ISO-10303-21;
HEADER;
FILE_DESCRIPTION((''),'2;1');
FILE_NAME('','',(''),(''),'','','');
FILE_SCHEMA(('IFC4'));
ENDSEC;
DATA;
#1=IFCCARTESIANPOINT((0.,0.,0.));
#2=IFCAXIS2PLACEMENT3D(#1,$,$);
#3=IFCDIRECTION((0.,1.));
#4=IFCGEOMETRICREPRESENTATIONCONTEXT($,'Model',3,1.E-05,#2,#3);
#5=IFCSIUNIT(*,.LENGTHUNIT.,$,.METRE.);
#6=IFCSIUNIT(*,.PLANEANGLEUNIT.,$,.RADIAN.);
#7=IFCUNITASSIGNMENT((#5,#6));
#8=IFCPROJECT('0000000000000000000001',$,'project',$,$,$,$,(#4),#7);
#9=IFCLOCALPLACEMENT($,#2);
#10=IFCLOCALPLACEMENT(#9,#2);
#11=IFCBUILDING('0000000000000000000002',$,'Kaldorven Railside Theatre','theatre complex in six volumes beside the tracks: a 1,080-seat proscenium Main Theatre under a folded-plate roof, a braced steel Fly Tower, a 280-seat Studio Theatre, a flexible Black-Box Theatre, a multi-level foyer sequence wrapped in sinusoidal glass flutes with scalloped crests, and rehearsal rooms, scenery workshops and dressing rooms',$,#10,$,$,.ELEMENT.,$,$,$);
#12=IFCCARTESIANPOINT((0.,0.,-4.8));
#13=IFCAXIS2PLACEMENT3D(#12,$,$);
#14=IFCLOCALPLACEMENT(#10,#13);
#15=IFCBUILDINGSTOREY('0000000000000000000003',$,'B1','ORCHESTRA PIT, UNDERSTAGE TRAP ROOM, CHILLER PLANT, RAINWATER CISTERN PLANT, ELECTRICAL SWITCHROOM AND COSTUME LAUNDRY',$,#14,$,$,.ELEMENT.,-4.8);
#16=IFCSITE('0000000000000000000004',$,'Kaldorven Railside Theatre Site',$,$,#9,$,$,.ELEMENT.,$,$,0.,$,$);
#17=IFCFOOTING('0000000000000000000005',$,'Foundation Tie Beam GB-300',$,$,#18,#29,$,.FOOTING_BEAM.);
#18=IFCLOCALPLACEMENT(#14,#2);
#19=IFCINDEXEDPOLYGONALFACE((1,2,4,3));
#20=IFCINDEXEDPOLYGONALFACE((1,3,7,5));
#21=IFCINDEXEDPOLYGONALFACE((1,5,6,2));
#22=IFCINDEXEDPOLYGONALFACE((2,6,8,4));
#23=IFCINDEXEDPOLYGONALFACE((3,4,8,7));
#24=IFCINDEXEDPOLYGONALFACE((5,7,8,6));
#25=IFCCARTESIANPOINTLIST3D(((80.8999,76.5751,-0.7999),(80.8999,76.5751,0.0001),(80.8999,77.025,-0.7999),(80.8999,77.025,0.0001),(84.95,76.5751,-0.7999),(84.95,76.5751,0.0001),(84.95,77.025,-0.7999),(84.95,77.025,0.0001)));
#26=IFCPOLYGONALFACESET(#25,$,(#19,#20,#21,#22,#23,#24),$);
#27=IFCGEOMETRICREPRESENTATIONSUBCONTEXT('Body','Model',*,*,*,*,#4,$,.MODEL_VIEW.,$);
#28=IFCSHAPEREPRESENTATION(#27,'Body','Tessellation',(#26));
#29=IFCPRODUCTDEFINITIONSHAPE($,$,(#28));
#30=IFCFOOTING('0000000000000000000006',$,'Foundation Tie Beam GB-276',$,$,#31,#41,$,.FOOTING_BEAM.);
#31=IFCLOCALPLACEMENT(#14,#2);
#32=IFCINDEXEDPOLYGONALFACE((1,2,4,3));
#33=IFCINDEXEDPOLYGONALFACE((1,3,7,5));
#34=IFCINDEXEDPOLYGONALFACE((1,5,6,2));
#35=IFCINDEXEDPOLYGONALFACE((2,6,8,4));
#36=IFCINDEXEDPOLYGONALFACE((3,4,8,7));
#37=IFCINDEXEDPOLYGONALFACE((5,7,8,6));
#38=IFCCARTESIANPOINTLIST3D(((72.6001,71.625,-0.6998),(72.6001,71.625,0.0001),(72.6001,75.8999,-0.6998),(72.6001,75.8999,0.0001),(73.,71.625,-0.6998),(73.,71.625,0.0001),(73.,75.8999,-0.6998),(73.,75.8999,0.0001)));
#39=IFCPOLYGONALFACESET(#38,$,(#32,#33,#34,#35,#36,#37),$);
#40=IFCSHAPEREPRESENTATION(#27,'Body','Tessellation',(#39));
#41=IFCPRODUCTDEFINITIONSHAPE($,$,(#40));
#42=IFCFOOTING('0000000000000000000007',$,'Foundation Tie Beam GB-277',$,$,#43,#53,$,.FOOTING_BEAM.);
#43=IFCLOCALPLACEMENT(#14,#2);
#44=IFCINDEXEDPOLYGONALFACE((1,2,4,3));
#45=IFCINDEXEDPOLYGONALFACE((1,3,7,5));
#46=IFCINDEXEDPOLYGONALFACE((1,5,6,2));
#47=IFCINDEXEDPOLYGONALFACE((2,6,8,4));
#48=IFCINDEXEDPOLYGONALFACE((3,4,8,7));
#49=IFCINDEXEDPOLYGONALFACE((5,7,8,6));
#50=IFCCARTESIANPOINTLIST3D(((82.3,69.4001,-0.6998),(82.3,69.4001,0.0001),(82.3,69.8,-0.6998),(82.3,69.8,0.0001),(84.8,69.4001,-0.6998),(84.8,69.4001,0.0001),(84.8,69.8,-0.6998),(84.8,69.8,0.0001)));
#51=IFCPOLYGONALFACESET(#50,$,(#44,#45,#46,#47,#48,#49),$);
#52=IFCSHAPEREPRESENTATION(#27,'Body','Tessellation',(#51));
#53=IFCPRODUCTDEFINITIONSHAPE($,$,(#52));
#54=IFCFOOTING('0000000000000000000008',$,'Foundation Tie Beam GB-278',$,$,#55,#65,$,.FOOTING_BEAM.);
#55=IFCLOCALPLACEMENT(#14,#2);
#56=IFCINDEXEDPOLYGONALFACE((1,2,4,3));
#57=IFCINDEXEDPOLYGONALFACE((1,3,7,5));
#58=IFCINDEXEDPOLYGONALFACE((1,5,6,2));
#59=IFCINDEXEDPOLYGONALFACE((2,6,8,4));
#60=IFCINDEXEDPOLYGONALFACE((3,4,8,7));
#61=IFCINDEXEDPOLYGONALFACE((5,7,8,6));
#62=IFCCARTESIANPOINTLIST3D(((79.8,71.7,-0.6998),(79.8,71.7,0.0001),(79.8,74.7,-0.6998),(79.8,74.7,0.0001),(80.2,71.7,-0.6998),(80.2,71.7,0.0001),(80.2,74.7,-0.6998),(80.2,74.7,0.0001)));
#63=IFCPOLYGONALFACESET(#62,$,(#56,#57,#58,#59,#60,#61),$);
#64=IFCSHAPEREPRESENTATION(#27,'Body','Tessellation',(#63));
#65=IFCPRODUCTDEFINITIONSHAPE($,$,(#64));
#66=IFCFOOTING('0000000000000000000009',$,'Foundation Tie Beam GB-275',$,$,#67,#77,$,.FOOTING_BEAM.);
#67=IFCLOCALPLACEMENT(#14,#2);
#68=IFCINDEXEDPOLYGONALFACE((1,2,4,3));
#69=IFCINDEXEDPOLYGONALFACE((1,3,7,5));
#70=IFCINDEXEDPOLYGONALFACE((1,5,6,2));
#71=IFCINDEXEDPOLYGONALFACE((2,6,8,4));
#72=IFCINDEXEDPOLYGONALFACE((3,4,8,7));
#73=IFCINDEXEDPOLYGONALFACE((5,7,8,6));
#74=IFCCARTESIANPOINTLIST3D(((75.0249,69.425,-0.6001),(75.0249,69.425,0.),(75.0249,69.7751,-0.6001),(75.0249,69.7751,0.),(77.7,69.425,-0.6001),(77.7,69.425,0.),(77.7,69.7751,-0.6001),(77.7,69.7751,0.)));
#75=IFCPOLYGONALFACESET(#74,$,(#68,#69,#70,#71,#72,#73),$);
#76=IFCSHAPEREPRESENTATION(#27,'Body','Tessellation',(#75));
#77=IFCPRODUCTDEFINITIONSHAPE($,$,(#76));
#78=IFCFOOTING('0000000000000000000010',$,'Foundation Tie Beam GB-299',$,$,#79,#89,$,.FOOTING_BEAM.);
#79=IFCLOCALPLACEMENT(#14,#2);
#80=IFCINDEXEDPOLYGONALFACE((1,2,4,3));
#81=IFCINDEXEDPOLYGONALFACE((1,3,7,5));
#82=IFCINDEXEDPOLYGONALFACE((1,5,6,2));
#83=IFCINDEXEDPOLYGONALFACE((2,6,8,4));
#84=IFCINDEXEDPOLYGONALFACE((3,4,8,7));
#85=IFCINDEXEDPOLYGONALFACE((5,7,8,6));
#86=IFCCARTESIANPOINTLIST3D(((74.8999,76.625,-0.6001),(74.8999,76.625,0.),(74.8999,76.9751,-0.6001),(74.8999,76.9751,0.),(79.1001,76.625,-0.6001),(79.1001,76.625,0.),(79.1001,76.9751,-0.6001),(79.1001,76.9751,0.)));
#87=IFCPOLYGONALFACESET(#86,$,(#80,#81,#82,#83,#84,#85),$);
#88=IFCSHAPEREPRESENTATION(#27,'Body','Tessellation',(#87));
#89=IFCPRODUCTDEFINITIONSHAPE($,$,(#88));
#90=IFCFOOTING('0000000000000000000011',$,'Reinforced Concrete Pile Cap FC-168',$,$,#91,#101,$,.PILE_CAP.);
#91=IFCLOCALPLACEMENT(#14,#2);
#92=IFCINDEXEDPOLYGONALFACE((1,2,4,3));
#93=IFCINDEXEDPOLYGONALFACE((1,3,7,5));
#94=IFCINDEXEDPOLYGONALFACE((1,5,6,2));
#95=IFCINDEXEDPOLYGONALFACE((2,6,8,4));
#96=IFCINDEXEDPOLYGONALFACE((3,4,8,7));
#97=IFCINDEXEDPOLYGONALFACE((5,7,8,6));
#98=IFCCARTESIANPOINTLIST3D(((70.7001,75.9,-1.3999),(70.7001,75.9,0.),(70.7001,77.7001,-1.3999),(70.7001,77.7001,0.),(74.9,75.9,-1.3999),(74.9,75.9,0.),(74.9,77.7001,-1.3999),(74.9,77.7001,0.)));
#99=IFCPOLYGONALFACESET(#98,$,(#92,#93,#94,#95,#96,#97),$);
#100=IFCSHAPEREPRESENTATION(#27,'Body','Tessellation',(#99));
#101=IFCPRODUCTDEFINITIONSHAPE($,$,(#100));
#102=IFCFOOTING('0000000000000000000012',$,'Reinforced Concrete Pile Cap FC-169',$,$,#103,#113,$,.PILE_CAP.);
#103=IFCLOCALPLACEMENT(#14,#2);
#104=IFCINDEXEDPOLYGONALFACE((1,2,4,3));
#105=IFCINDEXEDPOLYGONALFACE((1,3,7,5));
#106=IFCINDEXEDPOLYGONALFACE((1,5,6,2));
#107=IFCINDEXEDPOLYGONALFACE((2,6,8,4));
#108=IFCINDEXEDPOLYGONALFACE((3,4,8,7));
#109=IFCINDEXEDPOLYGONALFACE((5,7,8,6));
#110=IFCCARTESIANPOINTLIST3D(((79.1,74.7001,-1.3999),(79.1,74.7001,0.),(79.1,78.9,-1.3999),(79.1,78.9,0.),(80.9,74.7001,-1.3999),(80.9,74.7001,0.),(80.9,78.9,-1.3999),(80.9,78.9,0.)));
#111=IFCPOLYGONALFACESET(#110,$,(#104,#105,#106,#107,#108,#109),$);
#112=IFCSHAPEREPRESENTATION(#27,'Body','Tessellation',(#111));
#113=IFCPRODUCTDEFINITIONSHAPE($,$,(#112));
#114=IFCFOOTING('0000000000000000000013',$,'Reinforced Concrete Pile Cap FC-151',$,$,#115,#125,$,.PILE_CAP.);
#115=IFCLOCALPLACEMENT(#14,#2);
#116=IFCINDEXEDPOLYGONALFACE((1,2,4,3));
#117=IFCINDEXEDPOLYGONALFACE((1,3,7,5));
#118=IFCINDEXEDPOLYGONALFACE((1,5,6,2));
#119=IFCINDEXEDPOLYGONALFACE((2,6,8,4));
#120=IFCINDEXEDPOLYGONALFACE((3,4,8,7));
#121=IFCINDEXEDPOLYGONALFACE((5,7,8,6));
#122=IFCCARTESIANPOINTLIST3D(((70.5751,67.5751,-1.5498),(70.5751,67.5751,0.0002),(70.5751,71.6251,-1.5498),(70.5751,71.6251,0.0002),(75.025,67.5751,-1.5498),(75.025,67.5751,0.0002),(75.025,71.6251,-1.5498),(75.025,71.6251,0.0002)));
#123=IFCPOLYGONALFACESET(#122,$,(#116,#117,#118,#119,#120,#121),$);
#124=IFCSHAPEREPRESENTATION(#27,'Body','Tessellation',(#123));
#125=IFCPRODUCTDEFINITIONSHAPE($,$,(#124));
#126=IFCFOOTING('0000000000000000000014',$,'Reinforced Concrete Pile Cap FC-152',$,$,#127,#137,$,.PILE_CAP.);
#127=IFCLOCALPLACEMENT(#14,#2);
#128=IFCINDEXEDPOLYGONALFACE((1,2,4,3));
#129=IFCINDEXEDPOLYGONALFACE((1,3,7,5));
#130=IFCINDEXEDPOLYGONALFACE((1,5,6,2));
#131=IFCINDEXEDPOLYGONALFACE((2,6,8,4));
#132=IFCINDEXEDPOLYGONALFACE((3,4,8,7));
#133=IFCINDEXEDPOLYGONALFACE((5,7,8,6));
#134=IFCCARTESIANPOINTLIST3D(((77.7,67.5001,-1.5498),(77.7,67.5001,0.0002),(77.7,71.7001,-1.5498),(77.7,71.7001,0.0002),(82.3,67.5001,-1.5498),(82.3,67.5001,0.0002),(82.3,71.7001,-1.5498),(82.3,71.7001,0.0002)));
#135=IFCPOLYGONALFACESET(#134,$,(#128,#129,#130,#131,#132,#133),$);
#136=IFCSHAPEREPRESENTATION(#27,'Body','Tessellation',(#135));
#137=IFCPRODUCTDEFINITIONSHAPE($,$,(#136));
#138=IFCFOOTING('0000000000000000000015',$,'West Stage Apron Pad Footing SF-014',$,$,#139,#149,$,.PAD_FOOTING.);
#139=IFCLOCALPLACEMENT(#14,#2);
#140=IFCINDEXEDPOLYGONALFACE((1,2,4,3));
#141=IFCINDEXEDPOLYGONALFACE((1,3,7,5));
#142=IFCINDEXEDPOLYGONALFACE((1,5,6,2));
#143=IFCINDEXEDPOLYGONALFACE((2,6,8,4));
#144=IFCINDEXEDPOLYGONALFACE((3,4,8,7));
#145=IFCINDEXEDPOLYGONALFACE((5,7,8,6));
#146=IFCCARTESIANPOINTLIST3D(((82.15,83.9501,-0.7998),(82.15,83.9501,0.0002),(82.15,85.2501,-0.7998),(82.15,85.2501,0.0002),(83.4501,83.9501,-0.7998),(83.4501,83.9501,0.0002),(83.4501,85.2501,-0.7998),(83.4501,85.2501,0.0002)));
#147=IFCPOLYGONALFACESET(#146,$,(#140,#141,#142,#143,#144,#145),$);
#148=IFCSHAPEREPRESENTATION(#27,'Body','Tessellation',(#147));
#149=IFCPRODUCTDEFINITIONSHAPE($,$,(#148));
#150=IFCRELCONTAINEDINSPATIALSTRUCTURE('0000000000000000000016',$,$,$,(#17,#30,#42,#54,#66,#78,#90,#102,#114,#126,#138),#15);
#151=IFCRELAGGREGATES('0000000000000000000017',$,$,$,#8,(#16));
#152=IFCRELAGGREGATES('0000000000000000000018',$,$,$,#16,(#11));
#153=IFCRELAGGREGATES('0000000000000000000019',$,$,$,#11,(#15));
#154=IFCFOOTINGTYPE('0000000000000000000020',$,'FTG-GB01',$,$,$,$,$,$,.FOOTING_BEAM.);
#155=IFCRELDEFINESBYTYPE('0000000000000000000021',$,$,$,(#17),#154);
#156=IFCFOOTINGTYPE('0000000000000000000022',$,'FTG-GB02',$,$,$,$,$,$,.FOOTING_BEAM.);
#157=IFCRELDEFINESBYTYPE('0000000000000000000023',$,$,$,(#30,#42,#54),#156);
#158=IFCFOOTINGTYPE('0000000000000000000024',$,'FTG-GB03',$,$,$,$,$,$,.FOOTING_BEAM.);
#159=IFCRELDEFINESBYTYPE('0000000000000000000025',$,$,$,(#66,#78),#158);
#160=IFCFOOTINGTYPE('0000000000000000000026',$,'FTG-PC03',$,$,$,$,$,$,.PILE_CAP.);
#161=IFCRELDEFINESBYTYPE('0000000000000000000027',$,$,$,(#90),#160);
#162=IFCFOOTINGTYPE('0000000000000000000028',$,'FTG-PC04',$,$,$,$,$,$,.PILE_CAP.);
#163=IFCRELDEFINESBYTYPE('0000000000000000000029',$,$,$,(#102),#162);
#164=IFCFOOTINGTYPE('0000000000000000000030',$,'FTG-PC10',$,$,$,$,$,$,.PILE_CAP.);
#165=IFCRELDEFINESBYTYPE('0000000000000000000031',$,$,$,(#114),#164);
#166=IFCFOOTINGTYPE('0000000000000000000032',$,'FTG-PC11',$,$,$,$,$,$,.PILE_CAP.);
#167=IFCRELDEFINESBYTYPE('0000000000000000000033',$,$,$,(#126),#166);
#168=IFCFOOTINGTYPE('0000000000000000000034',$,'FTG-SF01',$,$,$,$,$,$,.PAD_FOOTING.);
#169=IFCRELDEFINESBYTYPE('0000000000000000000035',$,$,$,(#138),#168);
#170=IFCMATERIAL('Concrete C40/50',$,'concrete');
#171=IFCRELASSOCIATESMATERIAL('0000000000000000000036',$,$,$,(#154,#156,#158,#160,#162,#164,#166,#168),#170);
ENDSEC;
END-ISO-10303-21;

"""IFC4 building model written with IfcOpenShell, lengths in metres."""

from ifc_helpers import new_model, si_unit, direction, frame, origin, origin_2d, place, context, subcontext, project, spatial, rectangle, extrude, material, material_profile, profile_set, type_object, element, save


model = new_model("IFC4")

# Units and contexts
model_context = context("Model", 3, precision=1e-05, world=origin(), true_north=direction((0.0, 1.0)))
body_context = subcontext(model_context, "Body", "Model", "MODEL_VIEW")
ifc_project = project(units=[si_unit("LENGTHUNIT", "METRE"), si_unit("PLANEANGLEUNIT", "RADIAN")], contexts=[model_context])

# Site, building, storey
site_placement = place(None, origin())
site = spatial("IfcSite", under=ifc_project, at=site_placement, Name="Kaldorven Railside Theatre Site", CompositionType="ELEMENT", RefElevation=0.0)
building_placement = place(site_placement, origin())
building = spatial("IfcBuilding", under=site, at=building_placement, Name="Kaldorven Railside Theatre", Description="theatre complex in six volumes beside the tracks: a 1,080-seat proscenium Main Theatre under a folded-plate roof, a braced steel Fly Tower, a 280-seat Studio Theatre, a flexible Black-Box Theatre, a multi-level foyer sequence wrapped in sinusoidal glass flutes with scalloped crests, and rehearsal rooms, scenery workshops and dressing rooms", CompositionType="ELEMENT")
storey_placement = place(building_placement, frame((0.0, 0.0, -4.8)))
storey = spatial("IfcBuildingStorey", under=building, at=storey_placement, Name="B1", Description="ORCHESTRA PIT, UNDERSTAGE TRAP ROOM, CHILLER PLANT, RAINWATER CISTERN PLANT, ELECTRICAL SWITCHROOM AND COSTUME LAUNDRY", CompositionType="ELEMENT", Elevation=-4.8)

# Footings
ifc_material_1 = material(Name="Concrete C40/50", Category="concrete")
ifc_material_profile_1 = material_profile(ifc_material_1, rectangle(XDim=0.45, YDim=0.8, at=origin_2d()), Name="RC 450x800")
ifc_profile_set_1 = profile_set([ifc_material_profile_1], Name="Concrete C40/50")
footing_type_1 = type_object("IfcFootingType", Name="FTG-GB01", PredefinedType="FOOTING_BEAM", material=ifc_profile_set_1)
footing_1_placement = place(storey_placement, frame((80.8999, 76.8, -0.3999), z_axis=(1.0, 0.0, 0.0), x_axis=(0.0, 1.0, 0.0)))
element("IfcFooting", 1, at=footing_1_placement, inside=storey, type_object=footing_type_1, Name="Foundation Tie Beam GB-300", PredefinedType="FOOTING_BEAM", context=body_context, shape_type="SweptSolid", body=[
    extrude(rectangle(XDim=0.45, YDim=0.8, at=origin_2d()), origin(), (0.0, 0.0, 1.0), 4.05),
])
ifc_material_profile_2 = material_profile(ifc_material_1, rectangle(XDim=0.3999, YDim=0.7, at=origin_2d()), Name="RC 400x700")
ifc_profile_set_2 = profile_set([ifc_material_profile_2], Name="Concrete C40/50")
footing_type_2 = type_object("IfcFootingType", Name="FTG-GB02", PredefinedType="FOOTING_BEAM", material=ifc_profile_set_2)
footing_2_placement = place(storey_placement, frame((72.8, 71.625, -0.3499), z_axis=(0.0, 1.0, 0.0), x_axis=(-1.0, 0.0, 0.0)))
element("IfcFooting", 2, at=footing_2_placement, inside=storey, type_object=footing_type_2, Name="Foundation Tie Beam GB-276", PredefinedType="FOOTING_BEAM", context=body_context, shape_type="SweptSolid", body=[
    extrude(rectangle(XDim=0.3999, YDim=0.7, at=origin_2d()), origin(), (0.0, 0.0, 1.0), 4.2749),
])
footing_3_placement = place(storey_placement, frame((82.3, 69.6001, -0.3499), z_axis=(1.0, 0.0, 0.0), x_axis=(0.0, 1.0, 0.0)))
element("IfcFooting", 3, at=footing_3_placement, inside=storey, type_object=footing_type_2, Name="Foundation Tie Beam GB-277", PredefinedType="FOOTING_BEAM", context=body_context, shape_type="SweptSolid", body=[
    extrude(rectangle(XDim=0.3999, YDim=0.7, at=origin_2d()), origin(), (0.0, 0.0, 1.0), 2.5),
])
footing_4_placement = place(storey_placement, frame((80.0, 71.7, -0.3499), z_axis=(0.0, 1.0, 0.0), x_axis=(-1.0, 0.0, 0.0)))
element("IfcFooting", 4, at=footing_4_placement, inside=storey, type_object=footing_type_2, Name="Foundation Tie Beam GB-278", PredefinedType="FOOTING_BEAM", context=body_context, shape_type="SweptSolid", body=[
    extrude(rectangle(XDim=0.3999, YDim=0.7, at=origin_2d()), origin(), (0.0, 0.0, 1.0), 3.0),
])
ifc_material_profile_3 = material_profile(ifc_material_1, rectangle(XDim=0.3501, YDim=0.6001, at=origin_2d()), Name="RC 350x600")
ifc_profile_set_3 = profile_set([ifc_material_profile_3], Name="Concrete C40/50")
footing_type_3 = type_object("IfcFootingType", Name="FTG-GB03", PredefinedType="FOOTING_BEAM", material=ifc_profile_set_3)
footing_5_placement = place(storey_placement, frame((75.0249, 69.6001, -0.3), z_axis=(1.0, 0.0, 0.0), x_axis=(0.0, 1.0, 0.0)))
element("IfcFooting", 5, at=footing_5_placement, inside=storey, type_object=footing_type_3, Name="Foundation Tie Beam GB-275", PredefinedType="FOOTING_BEAM", context=body_context, shape_type="SweptSolid", body=[
    extrude(rectangle(XDim=0.3501, YDim=0.6001, at=origin_2d()), origin(), (0.0, 0.0, 1.0), 2.675),
])
footing_6_placement = place(storey_placement, frame((74.8999, 76.8, -0.3), z_axis=(1.0, 0.0, 0.0), x_axis=(0.0, 1.0, 0.0)))
element("IfcFooting", 6, at=footing_6_placement, inside=storey, type_object=footing_type_3, Name="Foundation Tie Beam GB-299", PredefinedType="FOOTING_BEAM", context=body_context, shape_type="SweptSolid", body=[
    extrude(rectangle(XDim=0.3501, YDim=0.6001, at=origin_2d()), origin(), (0.0, 0.0, 1.0), 4.2002),
])
footing_type_4 = type_object("IfcFootingType", Name="FTG-PC03", PredefinedType="PILE_CAP", material=ifc_material_1)
footing_7_placement = place(storey_placement, frame((72.8, 76.8, -1.3999), z_axis=(0.0, 0.0, 1.0), x_axis=(1.0, 0.0, 0.0)))
element("IfcFooting", 7, at=footing_7_placement, inside=storey, type_object=footing_type_4, Name="Reinforced Concrete Pile Cap FC-168", PredefinedType="PILE_CAP", context=body_context, shape_type="SweptSolid", body=[
    extrude(rectangle(XDim=4.2, YDim=1.8, at=origin_2d()), origin(), (0.0, 0.0, 1.0), 1.3999),
])
footing_type_5 = type_object("IfcFootingType", Name="FTG-PC04", PredefinedType="PILE_CAP", material=ifc_material_1)
footing_8_placement = place(storey_placement, frame((80.0, 76.8, -1.3999), z_axis=(0.0, 0.0, 1.0), x_axis=(1.0, 0.0, 0.0)))
element("IfcFooting", 8, at=footing_8_placement, inside=storey, type_object=footing_type_5, Name="Reinforced Concrete Pile Cap FC-169", PredefinedType="PILE_CAP", context=body_context, shape_type="SweptSolid", body=[
    extrude(rectangle(XDim=1.8, YDim=4.2, at=origin_2d()), origin(), (0.0, 0.0, 1.0), 1.3999),
])
footing_type_6 = type_object("IfcFootingType", Name="FTG-PC10", PredefinedType="PILE_CAP", material=ifc_material_1)
footing_9_placement = place(storey_placement, frame((72.8, 69.6001, -1.5498), z_axis=(0.0, 0.0, 1.0), x_axis=(1.0, 0.0, 0.0)))
element("IfcFooting", 9, at=footing_9_placement, inside=storey, type_object=footing_type_6, Name="Reinforced Concrete Pile Cap FC-151", PredefinedType="PILE_CAP", context=body_context, shape_type="SweptSolid", body=[
    extrude(rectangle(XDim=4.45, YDim=4.05, at=origin_2d()), origin(), (0.0, 0.0, 1.0), 1.55),
])
footing_type_7 = type_object("IfcFootingType", Name="FTG-PC11", PredefinedType="PILE_CAP", material=ifc_material_1)
footing_10_placement = place(storey_placement, frame((80.0, 69.6001, -1.5498), z_axis=(0.0, 0.0, 1.0), x_axis=(1.0, 0.0, 0.0)))
element("IfcFooting", 10, at=footing_10_placement, inside=storey, type_object=footing_type_7, Name="Reinforced Concrete Pile Cap FC-152", PredefinedType="PILE_CAP", context=body_context, shape_type="SweptSolid", body=[
    extrude(rectangle(XDim=4.6001, YDim=4.2, at=origin_2d()), origin(), (0.0, 0.0, 1.0), 1.55),
])
footing_type_8 = type_object("IfcFootingType", Name="FTG-SF01", PredefinedType="PAD_FOOTING", material=ifc_material_1)
footing_11_placement = place(storey_placement, frame((82.8, 84.6001, -0.7998), z_axis=(0.0, 0.0, 1.0), x_axis=(1.0, 0.0, 0.0)))
element("IfcFooting", 11, at=footing_11_placement, inside=storey, type_object=footing_type_8, Name="West Stage Apron Pad Footing SF-014", PredefinedType="PAD_FOOTING", context=body_context, shape_type="SweptSolid", body=[
    extrude(rectangle(XDim=1.3, YDim=1.3, at=origin_2d()), origin(), (0.0, 0.0, 1.0), 0.8),
])

save(model, "model.ifc")
